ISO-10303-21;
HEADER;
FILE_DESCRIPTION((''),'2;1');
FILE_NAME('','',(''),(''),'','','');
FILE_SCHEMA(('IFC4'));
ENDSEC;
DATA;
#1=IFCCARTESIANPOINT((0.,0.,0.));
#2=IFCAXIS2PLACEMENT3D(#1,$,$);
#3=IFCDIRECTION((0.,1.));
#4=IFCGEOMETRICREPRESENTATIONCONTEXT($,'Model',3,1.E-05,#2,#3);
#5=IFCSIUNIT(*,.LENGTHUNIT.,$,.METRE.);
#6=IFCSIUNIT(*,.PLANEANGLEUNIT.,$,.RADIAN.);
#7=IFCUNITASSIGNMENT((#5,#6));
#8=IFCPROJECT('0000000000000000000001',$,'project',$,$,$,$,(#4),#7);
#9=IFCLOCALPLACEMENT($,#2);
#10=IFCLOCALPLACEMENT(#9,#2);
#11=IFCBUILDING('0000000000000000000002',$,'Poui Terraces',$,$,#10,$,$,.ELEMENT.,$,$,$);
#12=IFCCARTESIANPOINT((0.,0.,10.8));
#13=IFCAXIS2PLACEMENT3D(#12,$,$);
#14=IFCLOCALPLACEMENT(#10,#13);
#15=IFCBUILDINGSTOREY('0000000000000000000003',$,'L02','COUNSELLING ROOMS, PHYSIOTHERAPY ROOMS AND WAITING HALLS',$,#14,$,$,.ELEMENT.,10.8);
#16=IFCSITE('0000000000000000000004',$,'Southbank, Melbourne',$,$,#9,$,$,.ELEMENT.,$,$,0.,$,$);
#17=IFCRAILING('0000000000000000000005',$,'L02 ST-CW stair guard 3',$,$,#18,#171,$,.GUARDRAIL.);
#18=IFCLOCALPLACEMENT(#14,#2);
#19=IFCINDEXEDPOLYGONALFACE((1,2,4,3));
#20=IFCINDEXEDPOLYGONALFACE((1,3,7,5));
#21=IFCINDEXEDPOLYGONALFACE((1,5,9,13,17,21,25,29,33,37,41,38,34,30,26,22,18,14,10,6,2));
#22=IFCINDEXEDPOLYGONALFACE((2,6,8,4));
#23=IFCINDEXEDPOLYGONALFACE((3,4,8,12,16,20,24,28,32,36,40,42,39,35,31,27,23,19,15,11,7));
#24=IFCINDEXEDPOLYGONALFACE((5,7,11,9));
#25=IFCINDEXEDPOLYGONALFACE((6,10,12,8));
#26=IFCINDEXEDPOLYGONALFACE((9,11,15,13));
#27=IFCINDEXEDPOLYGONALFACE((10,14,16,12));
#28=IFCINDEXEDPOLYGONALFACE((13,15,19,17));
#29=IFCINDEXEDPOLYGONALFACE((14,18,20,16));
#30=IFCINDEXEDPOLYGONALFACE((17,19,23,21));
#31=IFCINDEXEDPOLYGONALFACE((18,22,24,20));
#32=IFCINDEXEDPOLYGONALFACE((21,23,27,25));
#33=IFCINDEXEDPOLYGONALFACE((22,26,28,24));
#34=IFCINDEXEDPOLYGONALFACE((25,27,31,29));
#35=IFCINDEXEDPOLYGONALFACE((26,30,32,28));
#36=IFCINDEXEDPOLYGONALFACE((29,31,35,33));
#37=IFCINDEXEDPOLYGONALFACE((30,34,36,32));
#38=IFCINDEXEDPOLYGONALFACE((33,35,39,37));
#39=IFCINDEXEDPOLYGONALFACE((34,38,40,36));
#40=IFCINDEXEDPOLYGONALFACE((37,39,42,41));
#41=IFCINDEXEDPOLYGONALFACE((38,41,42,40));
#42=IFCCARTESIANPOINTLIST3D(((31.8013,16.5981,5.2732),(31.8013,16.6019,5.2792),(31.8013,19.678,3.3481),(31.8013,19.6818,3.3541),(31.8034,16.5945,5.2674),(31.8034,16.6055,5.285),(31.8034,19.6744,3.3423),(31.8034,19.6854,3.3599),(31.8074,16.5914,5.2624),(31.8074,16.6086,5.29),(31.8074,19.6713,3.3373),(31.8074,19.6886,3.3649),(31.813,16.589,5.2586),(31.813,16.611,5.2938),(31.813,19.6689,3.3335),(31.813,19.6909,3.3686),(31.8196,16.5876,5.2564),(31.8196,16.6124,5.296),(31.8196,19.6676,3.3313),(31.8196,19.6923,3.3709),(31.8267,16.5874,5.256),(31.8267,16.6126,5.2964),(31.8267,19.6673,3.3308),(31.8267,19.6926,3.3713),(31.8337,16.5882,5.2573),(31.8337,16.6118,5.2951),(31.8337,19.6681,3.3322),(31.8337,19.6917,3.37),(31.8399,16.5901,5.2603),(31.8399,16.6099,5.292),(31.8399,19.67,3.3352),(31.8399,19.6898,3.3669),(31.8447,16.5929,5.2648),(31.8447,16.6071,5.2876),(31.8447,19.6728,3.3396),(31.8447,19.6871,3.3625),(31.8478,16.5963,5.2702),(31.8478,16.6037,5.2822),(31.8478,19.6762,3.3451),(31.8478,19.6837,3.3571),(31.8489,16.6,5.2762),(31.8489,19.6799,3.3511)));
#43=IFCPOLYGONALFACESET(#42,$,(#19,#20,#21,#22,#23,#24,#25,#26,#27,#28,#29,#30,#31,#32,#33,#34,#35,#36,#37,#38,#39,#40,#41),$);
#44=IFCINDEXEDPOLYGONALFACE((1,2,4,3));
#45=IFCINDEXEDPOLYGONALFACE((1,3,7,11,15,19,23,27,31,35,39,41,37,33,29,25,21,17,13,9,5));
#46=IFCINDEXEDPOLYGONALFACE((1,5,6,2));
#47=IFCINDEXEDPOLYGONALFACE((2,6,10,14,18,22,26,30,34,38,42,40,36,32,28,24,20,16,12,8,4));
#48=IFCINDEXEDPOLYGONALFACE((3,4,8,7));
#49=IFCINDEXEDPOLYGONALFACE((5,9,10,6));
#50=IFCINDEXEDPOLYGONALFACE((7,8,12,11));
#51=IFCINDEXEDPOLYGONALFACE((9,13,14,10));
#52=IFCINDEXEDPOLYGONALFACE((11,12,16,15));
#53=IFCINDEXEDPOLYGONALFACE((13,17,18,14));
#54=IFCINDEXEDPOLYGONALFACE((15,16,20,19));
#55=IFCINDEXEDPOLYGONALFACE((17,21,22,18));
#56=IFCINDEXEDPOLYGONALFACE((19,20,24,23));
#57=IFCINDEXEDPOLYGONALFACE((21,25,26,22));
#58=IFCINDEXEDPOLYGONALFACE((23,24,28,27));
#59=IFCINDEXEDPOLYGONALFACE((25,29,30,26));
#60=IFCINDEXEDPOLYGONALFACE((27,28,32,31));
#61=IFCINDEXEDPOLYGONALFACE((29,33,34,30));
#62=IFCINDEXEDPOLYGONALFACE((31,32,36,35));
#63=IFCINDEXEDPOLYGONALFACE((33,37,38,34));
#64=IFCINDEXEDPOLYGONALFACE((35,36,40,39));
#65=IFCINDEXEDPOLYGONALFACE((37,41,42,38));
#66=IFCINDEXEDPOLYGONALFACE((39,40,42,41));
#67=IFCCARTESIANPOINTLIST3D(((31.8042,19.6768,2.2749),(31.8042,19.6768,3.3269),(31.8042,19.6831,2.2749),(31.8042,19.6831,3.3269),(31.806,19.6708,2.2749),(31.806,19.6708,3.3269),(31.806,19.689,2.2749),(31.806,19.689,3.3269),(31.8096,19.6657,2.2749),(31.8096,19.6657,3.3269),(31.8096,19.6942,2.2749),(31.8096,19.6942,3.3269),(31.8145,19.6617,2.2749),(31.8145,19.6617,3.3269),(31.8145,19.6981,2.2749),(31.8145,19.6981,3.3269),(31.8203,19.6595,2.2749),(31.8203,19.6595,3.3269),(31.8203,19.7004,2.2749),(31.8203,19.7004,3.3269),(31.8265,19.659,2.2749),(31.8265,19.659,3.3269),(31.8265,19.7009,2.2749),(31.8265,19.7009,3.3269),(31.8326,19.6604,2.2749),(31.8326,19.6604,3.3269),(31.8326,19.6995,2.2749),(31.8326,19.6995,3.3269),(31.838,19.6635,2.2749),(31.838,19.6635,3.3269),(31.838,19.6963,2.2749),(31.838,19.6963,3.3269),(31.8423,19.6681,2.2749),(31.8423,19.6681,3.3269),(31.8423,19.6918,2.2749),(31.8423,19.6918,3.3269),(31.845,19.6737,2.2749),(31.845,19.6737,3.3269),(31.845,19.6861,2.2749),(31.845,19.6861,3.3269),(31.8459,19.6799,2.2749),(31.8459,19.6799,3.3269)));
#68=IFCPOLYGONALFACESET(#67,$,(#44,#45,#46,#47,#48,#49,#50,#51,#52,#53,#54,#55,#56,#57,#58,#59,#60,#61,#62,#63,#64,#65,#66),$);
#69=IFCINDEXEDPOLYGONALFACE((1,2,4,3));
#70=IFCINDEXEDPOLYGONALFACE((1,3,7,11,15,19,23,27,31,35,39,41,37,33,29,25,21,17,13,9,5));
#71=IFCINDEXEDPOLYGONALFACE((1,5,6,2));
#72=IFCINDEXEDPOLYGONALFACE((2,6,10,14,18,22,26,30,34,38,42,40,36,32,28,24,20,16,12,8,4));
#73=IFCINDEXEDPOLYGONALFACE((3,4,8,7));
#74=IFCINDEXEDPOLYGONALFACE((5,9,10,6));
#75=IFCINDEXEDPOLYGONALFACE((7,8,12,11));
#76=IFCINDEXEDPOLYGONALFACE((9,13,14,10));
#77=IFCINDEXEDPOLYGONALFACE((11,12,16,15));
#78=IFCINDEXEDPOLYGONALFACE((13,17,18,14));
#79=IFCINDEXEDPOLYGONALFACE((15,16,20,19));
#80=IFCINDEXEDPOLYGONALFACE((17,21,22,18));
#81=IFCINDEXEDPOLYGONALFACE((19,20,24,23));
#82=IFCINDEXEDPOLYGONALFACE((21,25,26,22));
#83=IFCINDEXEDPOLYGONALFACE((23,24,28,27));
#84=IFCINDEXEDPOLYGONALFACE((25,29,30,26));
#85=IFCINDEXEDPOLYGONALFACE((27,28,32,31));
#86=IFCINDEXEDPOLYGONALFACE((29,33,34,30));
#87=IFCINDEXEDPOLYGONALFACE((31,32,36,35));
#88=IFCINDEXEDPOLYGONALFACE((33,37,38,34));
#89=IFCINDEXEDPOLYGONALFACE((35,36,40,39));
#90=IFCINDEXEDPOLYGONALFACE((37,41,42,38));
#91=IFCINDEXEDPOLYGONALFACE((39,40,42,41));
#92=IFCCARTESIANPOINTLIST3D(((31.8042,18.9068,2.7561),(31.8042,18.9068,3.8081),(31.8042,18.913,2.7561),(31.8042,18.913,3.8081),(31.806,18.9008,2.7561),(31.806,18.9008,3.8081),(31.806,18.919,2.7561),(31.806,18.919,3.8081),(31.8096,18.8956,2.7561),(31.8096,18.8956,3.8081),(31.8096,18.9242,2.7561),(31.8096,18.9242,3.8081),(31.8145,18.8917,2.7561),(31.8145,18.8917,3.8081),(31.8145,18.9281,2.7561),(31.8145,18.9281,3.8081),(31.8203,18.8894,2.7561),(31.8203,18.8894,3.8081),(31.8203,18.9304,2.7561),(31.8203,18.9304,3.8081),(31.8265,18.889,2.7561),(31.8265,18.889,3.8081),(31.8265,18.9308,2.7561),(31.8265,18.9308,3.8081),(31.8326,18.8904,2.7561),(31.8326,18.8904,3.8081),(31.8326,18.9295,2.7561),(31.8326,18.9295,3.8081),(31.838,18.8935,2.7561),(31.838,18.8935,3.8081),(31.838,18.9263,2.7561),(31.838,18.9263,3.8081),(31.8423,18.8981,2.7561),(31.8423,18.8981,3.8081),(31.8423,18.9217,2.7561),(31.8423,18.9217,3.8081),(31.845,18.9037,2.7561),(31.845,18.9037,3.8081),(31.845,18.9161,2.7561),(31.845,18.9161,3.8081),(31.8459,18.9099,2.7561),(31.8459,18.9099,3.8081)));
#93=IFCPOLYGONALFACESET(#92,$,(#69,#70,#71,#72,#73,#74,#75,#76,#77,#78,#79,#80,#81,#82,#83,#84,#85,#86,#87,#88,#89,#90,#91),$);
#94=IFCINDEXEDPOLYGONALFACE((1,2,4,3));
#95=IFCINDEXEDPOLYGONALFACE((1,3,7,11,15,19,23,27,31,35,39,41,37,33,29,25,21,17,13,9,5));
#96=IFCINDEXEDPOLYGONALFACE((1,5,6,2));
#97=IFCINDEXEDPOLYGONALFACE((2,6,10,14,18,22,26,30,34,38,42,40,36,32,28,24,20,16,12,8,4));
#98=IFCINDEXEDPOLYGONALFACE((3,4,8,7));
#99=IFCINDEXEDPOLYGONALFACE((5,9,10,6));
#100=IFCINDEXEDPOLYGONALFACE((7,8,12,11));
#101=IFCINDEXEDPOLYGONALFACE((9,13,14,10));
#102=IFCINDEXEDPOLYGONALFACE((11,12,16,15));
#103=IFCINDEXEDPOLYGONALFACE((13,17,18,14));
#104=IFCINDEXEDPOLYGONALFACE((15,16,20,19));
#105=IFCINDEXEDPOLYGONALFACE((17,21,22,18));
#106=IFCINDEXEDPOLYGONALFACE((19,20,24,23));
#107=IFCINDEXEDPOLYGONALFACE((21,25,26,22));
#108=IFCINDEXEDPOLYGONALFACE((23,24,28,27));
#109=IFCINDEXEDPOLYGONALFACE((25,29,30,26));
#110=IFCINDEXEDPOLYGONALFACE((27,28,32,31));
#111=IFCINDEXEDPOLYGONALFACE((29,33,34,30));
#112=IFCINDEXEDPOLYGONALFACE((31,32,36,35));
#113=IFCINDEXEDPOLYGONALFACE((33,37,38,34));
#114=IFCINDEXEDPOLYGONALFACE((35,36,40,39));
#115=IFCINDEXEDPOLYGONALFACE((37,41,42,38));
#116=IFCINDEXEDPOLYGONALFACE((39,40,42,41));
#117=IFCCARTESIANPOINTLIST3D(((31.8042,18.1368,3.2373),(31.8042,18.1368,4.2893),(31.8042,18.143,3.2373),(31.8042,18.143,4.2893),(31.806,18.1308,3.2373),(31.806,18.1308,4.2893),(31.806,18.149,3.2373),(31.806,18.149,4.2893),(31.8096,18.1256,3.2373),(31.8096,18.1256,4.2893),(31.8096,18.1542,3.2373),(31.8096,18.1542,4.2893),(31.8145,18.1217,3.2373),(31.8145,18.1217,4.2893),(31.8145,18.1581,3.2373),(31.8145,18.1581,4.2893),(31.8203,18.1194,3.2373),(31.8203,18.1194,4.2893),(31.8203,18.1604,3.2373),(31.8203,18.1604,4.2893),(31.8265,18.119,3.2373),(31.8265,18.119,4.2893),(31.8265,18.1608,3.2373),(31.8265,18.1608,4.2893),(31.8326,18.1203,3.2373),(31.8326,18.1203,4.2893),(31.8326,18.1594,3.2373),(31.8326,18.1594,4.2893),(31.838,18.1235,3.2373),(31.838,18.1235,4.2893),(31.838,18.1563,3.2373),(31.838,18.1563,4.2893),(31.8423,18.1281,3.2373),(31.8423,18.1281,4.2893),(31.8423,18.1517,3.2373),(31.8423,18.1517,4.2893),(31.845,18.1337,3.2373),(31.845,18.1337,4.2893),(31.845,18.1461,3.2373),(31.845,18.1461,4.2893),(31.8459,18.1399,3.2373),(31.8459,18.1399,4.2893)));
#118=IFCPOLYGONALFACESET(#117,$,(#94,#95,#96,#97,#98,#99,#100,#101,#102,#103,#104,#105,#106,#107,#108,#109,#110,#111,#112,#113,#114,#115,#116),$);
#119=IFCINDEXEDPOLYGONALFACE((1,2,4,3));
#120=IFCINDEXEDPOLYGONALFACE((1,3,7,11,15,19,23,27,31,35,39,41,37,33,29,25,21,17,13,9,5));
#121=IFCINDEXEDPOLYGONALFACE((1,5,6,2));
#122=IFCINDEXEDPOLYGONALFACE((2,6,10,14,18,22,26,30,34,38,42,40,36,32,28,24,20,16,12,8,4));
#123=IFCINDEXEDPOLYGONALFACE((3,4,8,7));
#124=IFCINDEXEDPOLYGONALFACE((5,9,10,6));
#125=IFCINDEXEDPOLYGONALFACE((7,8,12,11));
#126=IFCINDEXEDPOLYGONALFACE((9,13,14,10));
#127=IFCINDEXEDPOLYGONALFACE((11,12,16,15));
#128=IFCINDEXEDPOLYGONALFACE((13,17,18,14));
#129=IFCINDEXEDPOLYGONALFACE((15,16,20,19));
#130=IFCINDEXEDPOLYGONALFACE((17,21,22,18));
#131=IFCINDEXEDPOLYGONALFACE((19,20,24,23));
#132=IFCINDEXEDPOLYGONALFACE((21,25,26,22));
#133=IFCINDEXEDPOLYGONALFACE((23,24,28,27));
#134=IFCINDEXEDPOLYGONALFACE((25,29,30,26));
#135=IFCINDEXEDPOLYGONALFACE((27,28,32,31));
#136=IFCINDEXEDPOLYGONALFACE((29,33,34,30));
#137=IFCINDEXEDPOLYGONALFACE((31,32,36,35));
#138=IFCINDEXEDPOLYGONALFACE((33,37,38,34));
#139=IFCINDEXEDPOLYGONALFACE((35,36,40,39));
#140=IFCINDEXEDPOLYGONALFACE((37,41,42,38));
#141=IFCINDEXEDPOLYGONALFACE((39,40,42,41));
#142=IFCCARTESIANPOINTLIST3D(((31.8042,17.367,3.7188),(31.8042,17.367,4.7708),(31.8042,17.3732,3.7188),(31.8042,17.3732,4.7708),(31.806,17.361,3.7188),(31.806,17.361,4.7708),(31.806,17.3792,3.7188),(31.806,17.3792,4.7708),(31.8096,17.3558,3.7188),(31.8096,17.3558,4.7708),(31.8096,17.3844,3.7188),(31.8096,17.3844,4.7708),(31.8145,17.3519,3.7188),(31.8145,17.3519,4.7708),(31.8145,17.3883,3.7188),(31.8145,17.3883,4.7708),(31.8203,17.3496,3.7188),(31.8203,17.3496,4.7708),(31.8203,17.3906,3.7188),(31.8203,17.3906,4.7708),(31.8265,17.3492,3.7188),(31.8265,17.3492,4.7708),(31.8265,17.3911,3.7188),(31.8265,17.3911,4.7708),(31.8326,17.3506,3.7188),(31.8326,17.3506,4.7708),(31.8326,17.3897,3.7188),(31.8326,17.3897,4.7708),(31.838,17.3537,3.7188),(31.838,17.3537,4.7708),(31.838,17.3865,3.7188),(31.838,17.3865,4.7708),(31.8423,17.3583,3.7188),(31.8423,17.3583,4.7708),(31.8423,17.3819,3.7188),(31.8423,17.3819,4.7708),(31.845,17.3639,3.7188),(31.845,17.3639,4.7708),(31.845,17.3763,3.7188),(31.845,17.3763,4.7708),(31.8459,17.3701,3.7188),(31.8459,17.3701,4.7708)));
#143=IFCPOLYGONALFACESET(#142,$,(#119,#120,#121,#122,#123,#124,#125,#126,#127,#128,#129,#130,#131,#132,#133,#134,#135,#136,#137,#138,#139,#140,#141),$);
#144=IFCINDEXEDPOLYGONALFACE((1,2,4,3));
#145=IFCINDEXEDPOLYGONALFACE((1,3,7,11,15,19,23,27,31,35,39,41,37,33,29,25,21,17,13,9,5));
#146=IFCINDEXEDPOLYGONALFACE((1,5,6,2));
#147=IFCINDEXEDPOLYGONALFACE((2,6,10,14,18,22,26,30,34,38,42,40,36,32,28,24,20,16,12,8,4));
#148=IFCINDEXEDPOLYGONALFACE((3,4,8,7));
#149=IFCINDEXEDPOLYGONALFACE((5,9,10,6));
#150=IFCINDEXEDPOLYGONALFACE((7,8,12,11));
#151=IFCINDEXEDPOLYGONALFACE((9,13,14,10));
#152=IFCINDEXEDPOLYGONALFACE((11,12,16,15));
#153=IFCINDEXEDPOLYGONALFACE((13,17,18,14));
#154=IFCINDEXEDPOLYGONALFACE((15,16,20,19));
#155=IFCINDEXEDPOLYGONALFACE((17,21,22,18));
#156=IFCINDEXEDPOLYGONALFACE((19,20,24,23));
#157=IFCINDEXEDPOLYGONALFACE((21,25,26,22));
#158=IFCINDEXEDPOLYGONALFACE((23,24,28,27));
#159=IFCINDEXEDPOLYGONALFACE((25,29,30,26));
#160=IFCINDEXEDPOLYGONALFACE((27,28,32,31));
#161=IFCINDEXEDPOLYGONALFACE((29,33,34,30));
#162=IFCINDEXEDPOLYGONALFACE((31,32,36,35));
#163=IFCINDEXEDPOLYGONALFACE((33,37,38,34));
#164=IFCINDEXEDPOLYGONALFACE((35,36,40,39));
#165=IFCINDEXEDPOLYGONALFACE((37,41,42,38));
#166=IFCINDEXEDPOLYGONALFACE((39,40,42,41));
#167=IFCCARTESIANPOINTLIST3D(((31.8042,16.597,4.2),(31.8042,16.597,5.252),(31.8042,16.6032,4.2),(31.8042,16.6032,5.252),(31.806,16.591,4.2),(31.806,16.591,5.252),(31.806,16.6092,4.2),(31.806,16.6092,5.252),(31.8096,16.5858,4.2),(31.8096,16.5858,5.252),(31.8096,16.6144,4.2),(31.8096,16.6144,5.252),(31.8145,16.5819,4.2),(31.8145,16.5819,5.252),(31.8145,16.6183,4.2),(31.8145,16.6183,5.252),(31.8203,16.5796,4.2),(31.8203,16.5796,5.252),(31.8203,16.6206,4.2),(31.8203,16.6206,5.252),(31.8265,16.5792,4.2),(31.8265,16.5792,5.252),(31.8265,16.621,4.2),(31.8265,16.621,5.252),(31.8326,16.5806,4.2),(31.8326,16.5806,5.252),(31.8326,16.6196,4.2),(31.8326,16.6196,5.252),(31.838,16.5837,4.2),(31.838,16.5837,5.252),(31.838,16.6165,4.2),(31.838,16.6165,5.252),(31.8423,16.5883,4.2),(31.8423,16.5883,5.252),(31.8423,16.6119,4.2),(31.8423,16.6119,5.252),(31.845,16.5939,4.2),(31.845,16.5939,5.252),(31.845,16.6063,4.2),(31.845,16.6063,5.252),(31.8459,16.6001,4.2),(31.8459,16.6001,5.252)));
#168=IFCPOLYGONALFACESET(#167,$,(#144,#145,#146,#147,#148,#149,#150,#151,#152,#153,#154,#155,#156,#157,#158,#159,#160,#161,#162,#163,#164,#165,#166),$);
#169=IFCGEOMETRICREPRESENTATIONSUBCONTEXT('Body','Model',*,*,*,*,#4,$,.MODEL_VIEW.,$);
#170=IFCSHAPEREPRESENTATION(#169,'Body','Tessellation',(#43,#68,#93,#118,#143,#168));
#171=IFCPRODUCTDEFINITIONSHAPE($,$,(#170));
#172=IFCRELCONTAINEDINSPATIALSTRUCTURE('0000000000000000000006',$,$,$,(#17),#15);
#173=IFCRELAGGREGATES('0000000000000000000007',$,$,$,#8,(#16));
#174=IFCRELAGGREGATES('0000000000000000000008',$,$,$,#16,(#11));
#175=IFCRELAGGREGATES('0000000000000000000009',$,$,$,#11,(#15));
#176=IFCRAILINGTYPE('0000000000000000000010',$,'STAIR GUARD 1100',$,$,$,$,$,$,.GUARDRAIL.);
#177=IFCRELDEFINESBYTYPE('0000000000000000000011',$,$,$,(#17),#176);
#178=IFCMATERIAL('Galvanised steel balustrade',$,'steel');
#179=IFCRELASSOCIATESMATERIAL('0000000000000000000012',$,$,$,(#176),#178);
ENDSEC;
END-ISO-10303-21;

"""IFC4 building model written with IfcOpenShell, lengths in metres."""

from ifc_helpers import new_model, si_unit, direction, frame, origin, origin_2d, place, context, subcontext, project, spatial, circle, extrude, material, type_object, element, save


model = new_model("IFC4")

# Units and contexts
model_context = context("Model", 3, precision=1e-05, world=origin(), true_north=direction((0.0, 1.0)))
body_context = subcontext(model_context, "Body", "Model", "MODEL_VIEW")
ifc_project = project(units=[si_unit("LENGTHUNIT", "METRE"), si_unit("PLANEANGLEUNIT", "RADIAN")], contexts=[model_context])

# Site, building, storey
site_placement = place(None, origin())
site = spatial("IfcSite", under=ifc_project, at=site_placement, Name="Southbank, Melbourne", CompositionType="ELEMENT", RefElevation=0.0)
building_placement = place(site_placement, origin())
building = spatial("IfcBuilding", under=site, at=building_placement, Name="Poui Terraces", CompositionType="ELEMENT")
storey_placement = place(building_placement, frame((0.0, 0.0, 10.8)))
storey = spatial("IfcBuildingStorey", under=building, at=storey_placement, Name="L02", Description="COUNSELLING ROOMS, PHYSIOTHERAPY ROOMS AND WAITING HALLS", CompositionType="ELEMENT", Elevation=10.8)

# Railing
ifc_material_1 = material(Name="Galvanised steel balustrade", Category="steel")
railing_type_1 = type_object("IfcRailingType", Name="STAIR GUARD 1100", PredefinedType="GUARDRAIL", material=ifc_material_1)
railing_1_placement = place(storey_placement, frame((31.825, 19.6799, 2.2749)))
element("IfcRailing", 1, at=railing_1_placement, inside=storey, type_object=railing_type_1, Name="L02 ST-CW stair guard 3", PredefinedType="GUARDRAIL", context=body_context, shape_type="SweptSolid", body=[
    extrude(circle(Radius=0.0239, at=origin_2d()), frame((0.0, 0.0, 1.0762), z_axis=(0.0, -0.847979, 0.530029), x_axis=(1.0, 0.0, 0.0)), (0.0, 0.0, 1.0), 3.6321),
    extrude(circle(Radius=0.021, at=origin_2d()), origin(), (0.0, 0.0, 1.0), 1.052),
    extrude(circle(Radius=0.021, at=origin_2d()), frame((0.0, -0.77, 0.4812)), (0.0, 0.0, 1.0), 1.052),
    extrude(circle(Radius=0.021, at=origin_2d()), frame((0.0, -1.54, 0.9624)), (0.0, 0.0, 1.0), 1.052),
    extrude(circle(Radius=0.021, at=origin_2d()), frame((0.0, -2.3098, 1.4438)), (0.0, 0.0, 1.0), 1.052),
    extrude(circle(Radius=0.021, at=origin_2d()), frame((0.0, -3.0798, 1.925)), (0.0, 0.0, 1.0), 1.052),
])

save(model, "model.ifc")
